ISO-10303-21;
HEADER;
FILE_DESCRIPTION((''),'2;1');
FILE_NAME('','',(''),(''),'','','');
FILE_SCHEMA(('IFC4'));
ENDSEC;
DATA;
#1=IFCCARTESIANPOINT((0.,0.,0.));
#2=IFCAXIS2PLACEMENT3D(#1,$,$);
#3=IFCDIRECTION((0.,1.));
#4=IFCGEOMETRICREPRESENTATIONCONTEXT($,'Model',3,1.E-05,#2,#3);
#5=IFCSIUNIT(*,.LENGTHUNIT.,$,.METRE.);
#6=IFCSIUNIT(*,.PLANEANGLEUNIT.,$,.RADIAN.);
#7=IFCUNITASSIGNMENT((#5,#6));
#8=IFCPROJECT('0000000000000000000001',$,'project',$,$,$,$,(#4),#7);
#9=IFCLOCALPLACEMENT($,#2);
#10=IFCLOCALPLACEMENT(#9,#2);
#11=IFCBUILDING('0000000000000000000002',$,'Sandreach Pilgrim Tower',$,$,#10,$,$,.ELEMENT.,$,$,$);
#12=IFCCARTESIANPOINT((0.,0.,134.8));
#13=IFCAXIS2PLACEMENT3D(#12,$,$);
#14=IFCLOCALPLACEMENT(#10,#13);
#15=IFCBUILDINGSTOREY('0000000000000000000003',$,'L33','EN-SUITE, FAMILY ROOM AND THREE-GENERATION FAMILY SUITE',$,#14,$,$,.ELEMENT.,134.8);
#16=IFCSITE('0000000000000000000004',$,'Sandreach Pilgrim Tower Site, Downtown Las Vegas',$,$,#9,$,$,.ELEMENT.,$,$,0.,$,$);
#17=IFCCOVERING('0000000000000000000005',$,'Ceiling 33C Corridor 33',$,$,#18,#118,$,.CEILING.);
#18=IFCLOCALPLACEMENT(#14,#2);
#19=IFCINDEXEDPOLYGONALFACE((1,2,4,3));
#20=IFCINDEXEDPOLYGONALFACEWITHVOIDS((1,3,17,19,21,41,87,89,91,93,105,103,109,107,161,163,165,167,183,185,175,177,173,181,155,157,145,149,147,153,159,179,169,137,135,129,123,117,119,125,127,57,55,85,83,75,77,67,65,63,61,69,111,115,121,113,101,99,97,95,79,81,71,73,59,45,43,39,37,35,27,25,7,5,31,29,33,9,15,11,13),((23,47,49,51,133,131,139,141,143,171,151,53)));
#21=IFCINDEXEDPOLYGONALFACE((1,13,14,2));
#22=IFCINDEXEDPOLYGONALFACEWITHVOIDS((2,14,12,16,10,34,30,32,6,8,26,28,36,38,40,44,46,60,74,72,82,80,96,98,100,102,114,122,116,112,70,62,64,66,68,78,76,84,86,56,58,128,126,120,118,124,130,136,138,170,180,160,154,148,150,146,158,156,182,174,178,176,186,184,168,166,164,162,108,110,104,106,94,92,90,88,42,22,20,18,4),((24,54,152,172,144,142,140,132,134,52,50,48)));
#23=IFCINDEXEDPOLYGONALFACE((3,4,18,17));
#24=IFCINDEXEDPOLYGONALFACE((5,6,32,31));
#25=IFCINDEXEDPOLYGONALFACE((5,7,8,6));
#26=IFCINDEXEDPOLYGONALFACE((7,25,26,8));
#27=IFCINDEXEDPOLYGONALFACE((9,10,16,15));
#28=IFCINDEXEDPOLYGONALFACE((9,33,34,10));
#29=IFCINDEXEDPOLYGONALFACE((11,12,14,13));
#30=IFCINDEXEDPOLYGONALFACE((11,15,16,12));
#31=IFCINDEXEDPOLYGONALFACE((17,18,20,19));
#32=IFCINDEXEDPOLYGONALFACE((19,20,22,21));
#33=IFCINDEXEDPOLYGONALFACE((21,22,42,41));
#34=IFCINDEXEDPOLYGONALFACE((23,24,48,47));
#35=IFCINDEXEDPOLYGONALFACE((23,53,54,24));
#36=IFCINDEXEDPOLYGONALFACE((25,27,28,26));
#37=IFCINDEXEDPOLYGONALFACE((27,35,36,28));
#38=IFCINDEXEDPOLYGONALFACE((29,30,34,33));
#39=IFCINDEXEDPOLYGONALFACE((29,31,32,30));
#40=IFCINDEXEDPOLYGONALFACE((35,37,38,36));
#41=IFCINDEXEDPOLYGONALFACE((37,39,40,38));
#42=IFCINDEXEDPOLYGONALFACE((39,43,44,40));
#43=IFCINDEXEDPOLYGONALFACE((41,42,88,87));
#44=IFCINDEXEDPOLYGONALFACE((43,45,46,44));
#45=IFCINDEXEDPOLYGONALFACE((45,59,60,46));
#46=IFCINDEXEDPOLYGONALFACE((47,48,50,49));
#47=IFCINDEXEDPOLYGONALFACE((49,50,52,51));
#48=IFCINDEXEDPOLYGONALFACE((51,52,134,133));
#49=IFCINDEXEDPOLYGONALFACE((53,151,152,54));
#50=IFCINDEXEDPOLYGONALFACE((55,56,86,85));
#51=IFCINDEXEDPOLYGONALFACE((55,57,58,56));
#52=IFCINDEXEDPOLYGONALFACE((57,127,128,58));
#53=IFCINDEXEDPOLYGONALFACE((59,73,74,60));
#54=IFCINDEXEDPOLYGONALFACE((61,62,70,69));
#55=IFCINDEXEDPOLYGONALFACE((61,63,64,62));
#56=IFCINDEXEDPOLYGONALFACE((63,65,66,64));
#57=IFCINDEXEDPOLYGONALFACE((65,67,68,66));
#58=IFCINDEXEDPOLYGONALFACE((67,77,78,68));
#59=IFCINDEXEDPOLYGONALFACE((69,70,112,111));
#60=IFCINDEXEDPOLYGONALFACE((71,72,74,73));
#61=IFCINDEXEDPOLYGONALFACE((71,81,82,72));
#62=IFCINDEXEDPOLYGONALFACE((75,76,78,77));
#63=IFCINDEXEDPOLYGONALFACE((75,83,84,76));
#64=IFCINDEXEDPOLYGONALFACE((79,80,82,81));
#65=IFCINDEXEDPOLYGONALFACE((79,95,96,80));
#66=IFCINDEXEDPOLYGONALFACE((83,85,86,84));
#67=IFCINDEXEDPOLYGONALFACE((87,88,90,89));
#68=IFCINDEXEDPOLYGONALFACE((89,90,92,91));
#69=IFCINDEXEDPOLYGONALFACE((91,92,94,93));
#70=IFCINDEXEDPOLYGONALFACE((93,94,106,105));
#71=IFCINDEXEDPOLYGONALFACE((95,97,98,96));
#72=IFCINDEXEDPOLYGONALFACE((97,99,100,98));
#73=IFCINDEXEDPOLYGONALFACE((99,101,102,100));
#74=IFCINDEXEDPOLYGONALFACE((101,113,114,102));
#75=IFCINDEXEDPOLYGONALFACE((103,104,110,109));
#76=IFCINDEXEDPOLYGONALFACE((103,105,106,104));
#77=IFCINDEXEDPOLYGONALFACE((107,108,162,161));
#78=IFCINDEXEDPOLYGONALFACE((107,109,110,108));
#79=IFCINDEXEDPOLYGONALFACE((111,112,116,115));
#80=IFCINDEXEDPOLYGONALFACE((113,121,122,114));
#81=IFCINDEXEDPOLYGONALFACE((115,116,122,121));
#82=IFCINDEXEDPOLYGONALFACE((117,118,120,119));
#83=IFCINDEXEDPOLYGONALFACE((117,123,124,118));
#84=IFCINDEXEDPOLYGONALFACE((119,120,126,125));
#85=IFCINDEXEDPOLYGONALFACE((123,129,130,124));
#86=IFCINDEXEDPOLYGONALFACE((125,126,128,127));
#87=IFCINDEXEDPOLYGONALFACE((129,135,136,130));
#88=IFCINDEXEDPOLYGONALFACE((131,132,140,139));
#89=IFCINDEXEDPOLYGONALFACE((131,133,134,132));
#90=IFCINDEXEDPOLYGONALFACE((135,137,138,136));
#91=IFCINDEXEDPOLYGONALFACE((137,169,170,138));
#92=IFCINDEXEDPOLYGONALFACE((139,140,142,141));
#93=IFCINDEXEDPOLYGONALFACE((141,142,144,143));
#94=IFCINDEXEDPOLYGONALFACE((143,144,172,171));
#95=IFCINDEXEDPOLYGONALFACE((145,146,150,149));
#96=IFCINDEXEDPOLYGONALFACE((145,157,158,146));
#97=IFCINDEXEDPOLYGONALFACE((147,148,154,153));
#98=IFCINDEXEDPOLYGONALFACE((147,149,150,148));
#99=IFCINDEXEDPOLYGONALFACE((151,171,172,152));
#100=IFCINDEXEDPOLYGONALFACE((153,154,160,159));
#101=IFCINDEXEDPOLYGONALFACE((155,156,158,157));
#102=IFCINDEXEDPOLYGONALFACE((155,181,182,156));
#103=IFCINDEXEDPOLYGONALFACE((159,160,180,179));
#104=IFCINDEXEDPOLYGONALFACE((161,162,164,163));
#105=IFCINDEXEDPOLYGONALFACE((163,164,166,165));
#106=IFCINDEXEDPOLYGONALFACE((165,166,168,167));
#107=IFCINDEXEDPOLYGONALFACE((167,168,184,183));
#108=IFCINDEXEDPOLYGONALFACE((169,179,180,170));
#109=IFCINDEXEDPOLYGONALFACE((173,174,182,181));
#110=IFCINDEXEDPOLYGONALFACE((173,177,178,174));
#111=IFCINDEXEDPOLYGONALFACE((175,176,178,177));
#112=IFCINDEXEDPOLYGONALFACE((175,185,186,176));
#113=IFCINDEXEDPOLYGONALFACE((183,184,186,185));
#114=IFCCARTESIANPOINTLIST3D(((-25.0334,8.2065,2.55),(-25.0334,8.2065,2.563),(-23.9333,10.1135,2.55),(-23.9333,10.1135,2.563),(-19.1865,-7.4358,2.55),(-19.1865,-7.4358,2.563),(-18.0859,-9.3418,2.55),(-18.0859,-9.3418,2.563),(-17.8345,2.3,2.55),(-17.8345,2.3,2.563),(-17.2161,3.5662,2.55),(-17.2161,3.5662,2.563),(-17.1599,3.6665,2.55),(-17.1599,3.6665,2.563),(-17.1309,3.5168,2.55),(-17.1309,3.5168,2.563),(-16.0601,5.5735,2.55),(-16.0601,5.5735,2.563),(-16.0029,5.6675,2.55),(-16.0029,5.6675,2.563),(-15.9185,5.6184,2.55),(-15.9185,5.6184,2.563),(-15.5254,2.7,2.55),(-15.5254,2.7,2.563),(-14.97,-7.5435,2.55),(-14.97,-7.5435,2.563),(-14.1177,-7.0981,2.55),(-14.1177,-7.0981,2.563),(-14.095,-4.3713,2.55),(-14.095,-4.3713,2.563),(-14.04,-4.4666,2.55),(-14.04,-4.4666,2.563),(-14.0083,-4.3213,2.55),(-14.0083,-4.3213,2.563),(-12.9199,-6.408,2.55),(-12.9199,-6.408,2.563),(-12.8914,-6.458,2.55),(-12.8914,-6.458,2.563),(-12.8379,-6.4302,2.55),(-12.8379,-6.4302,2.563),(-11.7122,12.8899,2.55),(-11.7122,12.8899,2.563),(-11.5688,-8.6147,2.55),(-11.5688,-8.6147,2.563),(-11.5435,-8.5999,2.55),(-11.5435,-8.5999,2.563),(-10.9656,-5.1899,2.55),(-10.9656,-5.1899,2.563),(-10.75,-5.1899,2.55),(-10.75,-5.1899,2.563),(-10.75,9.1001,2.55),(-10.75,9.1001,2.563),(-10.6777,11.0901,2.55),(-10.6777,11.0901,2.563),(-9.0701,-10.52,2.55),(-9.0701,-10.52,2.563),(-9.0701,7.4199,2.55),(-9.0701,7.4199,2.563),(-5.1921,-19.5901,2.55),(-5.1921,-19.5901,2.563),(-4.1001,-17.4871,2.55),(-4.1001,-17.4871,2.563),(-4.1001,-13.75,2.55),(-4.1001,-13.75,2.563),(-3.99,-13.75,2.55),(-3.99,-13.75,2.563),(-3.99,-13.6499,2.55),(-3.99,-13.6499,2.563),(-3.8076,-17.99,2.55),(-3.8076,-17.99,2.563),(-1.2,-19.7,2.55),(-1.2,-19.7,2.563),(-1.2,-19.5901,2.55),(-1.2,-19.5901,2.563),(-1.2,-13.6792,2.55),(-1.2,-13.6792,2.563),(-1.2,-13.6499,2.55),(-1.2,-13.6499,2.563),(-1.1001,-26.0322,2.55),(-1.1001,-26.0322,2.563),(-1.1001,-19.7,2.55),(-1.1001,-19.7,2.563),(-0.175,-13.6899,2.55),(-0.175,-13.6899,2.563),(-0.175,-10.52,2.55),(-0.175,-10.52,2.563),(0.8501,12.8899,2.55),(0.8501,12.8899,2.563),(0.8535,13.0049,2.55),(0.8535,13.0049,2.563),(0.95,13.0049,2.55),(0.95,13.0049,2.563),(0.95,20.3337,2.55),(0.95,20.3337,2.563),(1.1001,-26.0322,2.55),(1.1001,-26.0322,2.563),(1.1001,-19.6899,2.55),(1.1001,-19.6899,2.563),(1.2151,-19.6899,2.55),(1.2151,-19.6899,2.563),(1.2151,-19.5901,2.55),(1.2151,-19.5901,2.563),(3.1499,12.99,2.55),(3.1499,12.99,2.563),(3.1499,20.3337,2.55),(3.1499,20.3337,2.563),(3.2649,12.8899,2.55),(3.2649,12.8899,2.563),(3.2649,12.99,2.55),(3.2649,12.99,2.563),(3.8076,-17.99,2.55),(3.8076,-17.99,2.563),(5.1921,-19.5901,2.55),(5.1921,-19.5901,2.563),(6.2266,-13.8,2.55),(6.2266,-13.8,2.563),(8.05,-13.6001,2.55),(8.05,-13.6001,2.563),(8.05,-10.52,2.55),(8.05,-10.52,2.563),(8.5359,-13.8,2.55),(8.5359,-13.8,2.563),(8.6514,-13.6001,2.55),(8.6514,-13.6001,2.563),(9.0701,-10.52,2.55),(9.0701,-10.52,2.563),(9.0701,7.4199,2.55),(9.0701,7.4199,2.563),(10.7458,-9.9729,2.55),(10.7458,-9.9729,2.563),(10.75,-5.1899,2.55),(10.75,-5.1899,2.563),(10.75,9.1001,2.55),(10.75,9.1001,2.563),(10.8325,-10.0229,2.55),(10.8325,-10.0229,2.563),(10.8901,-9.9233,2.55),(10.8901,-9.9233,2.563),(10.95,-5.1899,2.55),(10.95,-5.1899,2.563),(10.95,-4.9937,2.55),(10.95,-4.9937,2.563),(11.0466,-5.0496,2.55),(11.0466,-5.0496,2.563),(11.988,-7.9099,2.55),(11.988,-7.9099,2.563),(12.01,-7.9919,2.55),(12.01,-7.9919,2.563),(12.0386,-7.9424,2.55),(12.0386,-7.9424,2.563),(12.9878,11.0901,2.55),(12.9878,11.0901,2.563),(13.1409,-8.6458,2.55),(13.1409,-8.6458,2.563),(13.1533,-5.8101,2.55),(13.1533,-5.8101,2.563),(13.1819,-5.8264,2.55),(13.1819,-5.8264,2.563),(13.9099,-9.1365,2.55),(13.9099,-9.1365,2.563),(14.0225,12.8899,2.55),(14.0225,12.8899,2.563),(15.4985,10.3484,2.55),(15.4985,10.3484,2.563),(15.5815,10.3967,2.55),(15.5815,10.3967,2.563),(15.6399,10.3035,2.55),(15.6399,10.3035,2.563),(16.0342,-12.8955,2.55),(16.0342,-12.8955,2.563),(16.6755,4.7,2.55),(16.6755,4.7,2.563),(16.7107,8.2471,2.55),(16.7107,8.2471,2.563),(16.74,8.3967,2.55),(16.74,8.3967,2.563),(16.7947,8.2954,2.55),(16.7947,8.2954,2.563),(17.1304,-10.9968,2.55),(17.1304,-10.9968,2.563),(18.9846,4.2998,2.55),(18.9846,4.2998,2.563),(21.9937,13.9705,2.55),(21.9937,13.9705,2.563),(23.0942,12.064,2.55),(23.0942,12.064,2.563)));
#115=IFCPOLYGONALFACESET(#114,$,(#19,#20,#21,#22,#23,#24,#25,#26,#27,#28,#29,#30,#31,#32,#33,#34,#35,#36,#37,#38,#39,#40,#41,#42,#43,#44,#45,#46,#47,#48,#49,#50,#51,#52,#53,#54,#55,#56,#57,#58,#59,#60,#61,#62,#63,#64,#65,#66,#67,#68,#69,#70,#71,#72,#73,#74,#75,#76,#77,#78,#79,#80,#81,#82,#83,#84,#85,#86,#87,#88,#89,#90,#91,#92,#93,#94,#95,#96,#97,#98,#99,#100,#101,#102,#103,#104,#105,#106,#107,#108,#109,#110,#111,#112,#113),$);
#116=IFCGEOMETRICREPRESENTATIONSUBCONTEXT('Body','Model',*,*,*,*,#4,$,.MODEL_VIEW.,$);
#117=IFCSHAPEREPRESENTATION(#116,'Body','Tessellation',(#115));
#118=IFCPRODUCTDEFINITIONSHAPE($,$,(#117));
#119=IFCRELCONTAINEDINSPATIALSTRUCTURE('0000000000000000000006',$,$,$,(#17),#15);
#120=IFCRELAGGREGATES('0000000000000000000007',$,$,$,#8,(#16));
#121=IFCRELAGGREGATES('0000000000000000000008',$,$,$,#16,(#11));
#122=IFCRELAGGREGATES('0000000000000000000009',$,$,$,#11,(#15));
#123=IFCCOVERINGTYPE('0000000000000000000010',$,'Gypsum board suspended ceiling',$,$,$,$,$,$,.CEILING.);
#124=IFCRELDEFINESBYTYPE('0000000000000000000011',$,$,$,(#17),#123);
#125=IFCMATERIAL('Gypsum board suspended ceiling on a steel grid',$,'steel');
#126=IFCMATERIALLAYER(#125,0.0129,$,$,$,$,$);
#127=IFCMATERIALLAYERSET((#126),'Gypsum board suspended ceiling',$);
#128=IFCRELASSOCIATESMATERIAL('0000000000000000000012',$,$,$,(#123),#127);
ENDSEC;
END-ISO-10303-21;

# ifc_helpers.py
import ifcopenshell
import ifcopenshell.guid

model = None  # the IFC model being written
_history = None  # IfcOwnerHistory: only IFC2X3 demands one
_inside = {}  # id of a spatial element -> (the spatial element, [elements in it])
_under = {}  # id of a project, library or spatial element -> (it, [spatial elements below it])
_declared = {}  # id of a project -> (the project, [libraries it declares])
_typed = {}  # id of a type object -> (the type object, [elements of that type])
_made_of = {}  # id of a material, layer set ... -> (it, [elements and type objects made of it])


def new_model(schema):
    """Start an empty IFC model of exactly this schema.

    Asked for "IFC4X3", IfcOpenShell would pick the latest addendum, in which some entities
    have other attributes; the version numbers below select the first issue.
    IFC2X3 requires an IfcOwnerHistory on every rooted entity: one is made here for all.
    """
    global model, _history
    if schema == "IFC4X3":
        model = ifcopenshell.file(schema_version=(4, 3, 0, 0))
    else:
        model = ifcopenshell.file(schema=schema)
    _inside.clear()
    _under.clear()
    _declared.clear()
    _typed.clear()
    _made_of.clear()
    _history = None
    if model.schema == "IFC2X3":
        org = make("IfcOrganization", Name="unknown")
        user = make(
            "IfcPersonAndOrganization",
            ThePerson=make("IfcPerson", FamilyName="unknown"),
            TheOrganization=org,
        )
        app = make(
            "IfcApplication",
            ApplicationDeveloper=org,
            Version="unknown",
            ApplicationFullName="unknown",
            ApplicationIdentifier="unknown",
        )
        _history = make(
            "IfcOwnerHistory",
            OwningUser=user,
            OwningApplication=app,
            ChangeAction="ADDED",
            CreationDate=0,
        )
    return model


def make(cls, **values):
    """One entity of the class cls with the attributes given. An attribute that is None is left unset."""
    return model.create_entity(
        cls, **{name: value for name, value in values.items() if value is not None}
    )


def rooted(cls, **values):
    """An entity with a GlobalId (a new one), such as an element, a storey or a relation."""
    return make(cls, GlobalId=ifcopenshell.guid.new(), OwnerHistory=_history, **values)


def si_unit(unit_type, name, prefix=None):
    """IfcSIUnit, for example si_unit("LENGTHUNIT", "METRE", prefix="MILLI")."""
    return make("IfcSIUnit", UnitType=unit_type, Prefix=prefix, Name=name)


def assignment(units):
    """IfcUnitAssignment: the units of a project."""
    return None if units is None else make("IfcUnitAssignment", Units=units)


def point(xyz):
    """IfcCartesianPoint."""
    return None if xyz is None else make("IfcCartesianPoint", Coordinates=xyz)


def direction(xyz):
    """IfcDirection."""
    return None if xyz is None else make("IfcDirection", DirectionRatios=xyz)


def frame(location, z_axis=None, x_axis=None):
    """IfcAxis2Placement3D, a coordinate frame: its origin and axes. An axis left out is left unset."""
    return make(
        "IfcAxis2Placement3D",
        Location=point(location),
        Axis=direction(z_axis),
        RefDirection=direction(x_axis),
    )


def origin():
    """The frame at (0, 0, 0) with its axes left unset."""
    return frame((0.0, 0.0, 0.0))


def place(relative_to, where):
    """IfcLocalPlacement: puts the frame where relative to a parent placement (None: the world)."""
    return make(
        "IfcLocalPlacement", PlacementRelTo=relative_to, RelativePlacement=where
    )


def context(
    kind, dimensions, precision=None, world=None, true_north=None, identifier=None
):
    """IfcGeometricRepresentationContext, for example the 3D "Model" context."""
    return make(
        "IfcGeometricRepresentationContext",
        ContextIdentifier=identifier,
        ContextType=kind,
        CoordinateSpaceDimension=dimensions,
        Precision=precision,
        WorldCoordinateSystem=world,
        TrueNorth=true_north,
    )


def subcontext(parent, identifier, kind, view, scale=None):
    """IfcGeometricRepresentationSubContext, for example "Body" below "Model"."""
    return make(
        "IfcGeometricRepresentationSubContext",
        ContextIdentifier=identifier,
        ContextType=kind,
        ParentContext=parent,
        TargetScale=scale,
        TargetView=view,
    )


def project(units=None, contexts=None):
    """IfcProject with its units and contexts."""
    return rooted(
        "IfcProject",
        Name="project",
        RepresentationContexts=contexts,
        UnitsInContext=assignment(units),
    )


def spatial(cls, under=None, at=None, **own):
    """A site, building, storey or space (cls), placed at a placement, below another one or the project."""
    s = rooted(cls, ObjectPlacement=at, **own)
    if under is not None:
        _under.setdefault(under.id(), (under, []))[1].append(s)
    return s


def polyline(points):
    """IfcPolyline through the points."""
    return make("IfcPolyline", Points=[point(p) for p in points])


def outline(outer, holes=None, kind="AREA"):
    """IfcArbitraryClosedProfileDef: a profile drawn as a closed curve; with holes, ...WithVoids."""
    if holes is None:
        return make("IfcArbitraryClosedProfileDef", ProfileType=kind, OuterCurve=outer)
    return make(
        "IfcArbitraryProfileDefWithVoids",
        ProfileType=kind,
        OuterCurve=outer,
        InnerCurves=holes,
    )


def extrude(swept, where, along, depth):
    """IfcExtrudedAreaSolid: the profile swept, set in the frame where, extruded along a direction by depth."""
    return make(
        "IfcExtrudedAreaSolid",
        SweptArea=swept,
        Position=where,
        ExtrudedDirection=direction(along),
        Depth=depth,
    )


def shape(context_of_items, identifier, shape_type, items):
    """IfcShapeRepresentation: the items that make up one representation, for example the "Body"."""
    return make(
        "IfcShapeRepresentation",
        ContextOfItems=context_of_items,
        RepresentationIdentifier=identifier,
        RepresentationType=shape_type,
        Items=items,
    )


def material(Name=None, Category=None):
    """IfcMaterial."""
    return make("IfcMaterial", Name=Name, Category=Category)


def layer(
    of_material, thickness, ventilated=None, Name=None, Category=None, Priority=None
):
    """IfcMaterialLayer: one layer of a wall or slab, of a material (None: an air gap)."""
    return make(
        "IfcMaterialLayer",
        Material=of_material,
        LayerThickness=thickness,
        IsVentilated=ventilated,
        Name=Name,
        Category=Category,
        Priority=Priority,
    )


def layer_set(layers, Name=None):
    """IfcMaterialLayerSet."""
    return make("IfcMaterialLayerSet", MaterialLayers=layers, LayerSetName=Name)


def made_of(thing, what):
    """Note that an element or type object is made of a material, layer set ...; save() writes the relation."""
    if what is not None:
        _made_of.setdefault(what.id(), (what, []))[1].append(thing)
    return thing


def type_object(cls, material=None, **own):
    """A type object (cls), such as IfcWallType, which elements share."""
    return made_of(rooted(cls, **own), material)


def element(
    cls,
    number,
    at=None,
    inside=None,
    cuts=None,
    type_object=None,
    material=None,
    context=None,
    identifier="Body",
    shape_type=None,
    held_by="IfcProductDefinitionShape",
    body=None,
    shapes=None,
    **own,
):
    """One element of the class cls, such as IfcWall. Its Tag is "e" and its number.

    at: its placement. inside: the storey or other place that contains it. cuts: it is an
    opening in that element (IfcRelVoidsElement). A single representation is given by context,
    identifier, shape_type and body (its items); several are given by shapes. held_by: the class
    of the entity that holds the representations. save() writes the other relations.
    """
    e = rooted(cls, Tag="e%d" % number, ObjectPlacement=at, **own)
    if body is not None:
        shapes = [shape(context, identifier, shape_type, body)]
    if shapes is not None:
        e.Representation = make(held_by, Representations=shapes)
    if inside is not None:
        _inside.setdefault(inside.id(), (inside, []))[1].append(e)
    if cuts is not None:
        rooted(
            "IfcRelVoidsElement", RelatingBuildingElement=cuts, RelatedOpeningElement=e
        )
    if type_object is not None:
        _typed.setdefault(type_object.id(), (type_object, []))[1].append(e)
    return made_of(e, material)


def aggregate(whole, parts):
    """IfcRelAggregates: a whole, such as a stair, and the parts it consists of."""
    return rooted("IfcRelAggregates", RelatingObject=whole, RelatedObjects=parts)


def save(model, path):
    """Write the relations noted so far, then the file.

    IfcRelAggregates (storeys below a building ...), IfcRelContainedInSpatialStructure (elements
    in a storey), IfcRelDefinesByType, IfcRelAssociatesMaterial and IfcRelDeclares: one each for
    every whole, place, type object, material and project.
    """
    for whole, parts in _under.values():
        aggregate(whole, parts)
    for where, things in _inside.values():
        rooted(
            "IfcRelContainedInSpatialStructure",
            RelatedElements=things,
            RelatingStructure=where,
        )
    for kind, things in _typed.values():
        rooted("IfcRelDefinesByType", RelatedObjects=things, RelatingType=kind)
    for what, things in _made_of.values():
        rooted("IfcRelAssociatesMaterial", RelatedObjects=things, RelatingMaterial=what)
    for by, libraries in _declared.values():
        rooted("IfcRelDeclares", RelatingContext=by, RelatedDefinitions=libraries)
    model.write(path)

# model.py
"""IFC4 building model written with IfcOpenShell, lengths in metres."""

from ifc_helpers import new_model, si_unit, direction, frame, origin, place, context, subcontext, project, spatial, polyline, outline, extrude, material, layer, layer_set, type_object, element, save


model = new_model("IFC4")

# Units and contexts
model_context = context("Model", 3, precision=1e-05, world=origin(), true_north=direction((0.0, 1.0)))
body_context = subcontext(model_context, "Body", "Model", "MODEL_VIEW")
ifc_project = project(units=[si_unit("LENGTHUNIT", "METRE"), si_unit("PLANEANGLEUNIT", "RADIAN")], contexts=[model_context])

# Site, building, storey
site_placement = place(None, origin())
site = spatial("IfcSite", under=ifc_project, at=site_placement, Name="Sandreach Pilgrim Tower Site, Downtown Las Vegas", CompositionType="ELEMENT", RefElevation=0.0)
building_placement = place(site_placement, origin())
building = spatial("IfcBuilding", under=site, at=building_placement, Name="Sandreach Pilgrim Tower", CompositionType="ELEMENT")
storey_placement = place(building_placement, frame((0.0, 0.0, 134.8)))
storey = spatial("IfcBuildingStorey", under=building, at=storey_placement, Name="L33", Description="EN-SUITE, FAMILY ROOM AND THREE-GENERATION FAMILY SUITE", CompositionType="ELEMENT", Elevation=134.8)

# Covering
ifc_material_1 = material(Name="Gypsum board suspended ceiling on a steel grid", Category="steel")
ifc_layer_1 = layer(ifc_material_1, 0.0129)
ifc_layer_set_1 = layer_set([ifc_layer_1], Name="Gypsum board suspended ceiling")
covering_type_1 = type_object("IfcCoveringType", Name="Gypsum board suspended ceiling", PredefinedType="CEILING", material=ifc_layer_set_1)
covering_1_placement = place(storey_placement, frame((0.0, 0.0, 2.55)))
element("IfcCovering", 1, at=covering_1_placement, inside=storey, type_object=covering_type_1, Name="Ceiling 33C Corridor 33", PredefinedType="CEILING", context=body_context, shape_type="SweptSolid", body=[
    extrude(outline(polyline([(-14.095, -4.3713), (-14.0083, -4.3213), (-17.8345, 2.3), (-17.1309, 3.5168), (-17.2161, 3.5662), (-17.1599, 3.6665), (-25.0334, 8.2065), (-23.9333, 10.1135), (-16.0601, 5.5735), (-16.0029, 5.6675), (-15.9185, 5.6184), (-11.7122, 12.8899), (0.8501, 12.8899), (0.8535, 13.0049), (0.95, 13.0049), (0.95, 20.3337), (3.1499, 20.3337), (3.1499, 12.99), (3.2649, 12.99), (3.2649, 12.8899), (14.0225, 12.8899), (15.4985, 10.3484), (15.5815, 10.3967), (15.6399, 10.3035), (21.9937, 13.9705), (23.0942, 12.064), (16.74, 8.3967), (16.7947, 8.2954), (16.7107, 8.2471), (18.9846, 4.2998), (13.1533, -5.8101), (13.1819, -5.8264), (11.988, -7.9099), (12.0386, -7.9424), (12.01, -7.9919), (13.1409, -8.6458), (13.9099, -9.1365), (17.1304, -10.9968), (16.0342, -12.8955), (10.8901, -9.9233), (10.8325, -10.0229), (10.7458, -9.9729), (8.6514, -13.6001), (8.05, -13.6001), (8.05, -10.52), (9.0701, -10.52), (9.0701, 7.4199), (-9.0701, 7.4199), (-9.0701, -10.52), (-0.175, -10.52), (-0.175, -13.6899), (-1.2, -13.6792), (-1.2, -13.6499), (-3.99, -13.6499), (-3.99, -13.75), (-4.1001, -13.75), (-4.1001, -17.4871), (-3.8076, -17.99), (3.8076, -17.99), (6.2266, -13.8), (8.5359, -13.8), (5.1921, -19.5901), (1.2151, -19.5901), (1.2151, -19.6899), (1.1001, -19.6899), (1.1001, -26.0322), (-1.1001, -26.0322), (-1.1001, -19.7), (-1.2, -19.7), (-1.2, -19.5901), (-5.1921, -19.5901), (-11.5435, -8.5999), (-11.5688, -8.6147), (-12.8379, -6.4302), (-12.8914, -6.458), (-12.9199, -6.408), (-14.1177, -7.0981), (-14.97, -7.5435), (-18.0859, -9.3418), (-19.1865, -7.4358), (-14.04, -4.4666), (-14.095, -4.3713)]), holes=[polyline([(-10.9656, -5.1899), (-10.75, -5.1899), (-10.75, 9.1001), (10.75, 9.1001), (10.75, -5.1899), (10.95, -5.1899), (10.95, -4.9937), (11.0466, -5.0496), (16.6755, 4.7), (12.9878, 11.0901), (-10.6777, 11.0901), (-15.5254, 2.7), (-10.9656, -5.1899)])]), origin(), (0.0, 0.0, 1.0), 0.0129),
])

save(model, "model.ifc")
